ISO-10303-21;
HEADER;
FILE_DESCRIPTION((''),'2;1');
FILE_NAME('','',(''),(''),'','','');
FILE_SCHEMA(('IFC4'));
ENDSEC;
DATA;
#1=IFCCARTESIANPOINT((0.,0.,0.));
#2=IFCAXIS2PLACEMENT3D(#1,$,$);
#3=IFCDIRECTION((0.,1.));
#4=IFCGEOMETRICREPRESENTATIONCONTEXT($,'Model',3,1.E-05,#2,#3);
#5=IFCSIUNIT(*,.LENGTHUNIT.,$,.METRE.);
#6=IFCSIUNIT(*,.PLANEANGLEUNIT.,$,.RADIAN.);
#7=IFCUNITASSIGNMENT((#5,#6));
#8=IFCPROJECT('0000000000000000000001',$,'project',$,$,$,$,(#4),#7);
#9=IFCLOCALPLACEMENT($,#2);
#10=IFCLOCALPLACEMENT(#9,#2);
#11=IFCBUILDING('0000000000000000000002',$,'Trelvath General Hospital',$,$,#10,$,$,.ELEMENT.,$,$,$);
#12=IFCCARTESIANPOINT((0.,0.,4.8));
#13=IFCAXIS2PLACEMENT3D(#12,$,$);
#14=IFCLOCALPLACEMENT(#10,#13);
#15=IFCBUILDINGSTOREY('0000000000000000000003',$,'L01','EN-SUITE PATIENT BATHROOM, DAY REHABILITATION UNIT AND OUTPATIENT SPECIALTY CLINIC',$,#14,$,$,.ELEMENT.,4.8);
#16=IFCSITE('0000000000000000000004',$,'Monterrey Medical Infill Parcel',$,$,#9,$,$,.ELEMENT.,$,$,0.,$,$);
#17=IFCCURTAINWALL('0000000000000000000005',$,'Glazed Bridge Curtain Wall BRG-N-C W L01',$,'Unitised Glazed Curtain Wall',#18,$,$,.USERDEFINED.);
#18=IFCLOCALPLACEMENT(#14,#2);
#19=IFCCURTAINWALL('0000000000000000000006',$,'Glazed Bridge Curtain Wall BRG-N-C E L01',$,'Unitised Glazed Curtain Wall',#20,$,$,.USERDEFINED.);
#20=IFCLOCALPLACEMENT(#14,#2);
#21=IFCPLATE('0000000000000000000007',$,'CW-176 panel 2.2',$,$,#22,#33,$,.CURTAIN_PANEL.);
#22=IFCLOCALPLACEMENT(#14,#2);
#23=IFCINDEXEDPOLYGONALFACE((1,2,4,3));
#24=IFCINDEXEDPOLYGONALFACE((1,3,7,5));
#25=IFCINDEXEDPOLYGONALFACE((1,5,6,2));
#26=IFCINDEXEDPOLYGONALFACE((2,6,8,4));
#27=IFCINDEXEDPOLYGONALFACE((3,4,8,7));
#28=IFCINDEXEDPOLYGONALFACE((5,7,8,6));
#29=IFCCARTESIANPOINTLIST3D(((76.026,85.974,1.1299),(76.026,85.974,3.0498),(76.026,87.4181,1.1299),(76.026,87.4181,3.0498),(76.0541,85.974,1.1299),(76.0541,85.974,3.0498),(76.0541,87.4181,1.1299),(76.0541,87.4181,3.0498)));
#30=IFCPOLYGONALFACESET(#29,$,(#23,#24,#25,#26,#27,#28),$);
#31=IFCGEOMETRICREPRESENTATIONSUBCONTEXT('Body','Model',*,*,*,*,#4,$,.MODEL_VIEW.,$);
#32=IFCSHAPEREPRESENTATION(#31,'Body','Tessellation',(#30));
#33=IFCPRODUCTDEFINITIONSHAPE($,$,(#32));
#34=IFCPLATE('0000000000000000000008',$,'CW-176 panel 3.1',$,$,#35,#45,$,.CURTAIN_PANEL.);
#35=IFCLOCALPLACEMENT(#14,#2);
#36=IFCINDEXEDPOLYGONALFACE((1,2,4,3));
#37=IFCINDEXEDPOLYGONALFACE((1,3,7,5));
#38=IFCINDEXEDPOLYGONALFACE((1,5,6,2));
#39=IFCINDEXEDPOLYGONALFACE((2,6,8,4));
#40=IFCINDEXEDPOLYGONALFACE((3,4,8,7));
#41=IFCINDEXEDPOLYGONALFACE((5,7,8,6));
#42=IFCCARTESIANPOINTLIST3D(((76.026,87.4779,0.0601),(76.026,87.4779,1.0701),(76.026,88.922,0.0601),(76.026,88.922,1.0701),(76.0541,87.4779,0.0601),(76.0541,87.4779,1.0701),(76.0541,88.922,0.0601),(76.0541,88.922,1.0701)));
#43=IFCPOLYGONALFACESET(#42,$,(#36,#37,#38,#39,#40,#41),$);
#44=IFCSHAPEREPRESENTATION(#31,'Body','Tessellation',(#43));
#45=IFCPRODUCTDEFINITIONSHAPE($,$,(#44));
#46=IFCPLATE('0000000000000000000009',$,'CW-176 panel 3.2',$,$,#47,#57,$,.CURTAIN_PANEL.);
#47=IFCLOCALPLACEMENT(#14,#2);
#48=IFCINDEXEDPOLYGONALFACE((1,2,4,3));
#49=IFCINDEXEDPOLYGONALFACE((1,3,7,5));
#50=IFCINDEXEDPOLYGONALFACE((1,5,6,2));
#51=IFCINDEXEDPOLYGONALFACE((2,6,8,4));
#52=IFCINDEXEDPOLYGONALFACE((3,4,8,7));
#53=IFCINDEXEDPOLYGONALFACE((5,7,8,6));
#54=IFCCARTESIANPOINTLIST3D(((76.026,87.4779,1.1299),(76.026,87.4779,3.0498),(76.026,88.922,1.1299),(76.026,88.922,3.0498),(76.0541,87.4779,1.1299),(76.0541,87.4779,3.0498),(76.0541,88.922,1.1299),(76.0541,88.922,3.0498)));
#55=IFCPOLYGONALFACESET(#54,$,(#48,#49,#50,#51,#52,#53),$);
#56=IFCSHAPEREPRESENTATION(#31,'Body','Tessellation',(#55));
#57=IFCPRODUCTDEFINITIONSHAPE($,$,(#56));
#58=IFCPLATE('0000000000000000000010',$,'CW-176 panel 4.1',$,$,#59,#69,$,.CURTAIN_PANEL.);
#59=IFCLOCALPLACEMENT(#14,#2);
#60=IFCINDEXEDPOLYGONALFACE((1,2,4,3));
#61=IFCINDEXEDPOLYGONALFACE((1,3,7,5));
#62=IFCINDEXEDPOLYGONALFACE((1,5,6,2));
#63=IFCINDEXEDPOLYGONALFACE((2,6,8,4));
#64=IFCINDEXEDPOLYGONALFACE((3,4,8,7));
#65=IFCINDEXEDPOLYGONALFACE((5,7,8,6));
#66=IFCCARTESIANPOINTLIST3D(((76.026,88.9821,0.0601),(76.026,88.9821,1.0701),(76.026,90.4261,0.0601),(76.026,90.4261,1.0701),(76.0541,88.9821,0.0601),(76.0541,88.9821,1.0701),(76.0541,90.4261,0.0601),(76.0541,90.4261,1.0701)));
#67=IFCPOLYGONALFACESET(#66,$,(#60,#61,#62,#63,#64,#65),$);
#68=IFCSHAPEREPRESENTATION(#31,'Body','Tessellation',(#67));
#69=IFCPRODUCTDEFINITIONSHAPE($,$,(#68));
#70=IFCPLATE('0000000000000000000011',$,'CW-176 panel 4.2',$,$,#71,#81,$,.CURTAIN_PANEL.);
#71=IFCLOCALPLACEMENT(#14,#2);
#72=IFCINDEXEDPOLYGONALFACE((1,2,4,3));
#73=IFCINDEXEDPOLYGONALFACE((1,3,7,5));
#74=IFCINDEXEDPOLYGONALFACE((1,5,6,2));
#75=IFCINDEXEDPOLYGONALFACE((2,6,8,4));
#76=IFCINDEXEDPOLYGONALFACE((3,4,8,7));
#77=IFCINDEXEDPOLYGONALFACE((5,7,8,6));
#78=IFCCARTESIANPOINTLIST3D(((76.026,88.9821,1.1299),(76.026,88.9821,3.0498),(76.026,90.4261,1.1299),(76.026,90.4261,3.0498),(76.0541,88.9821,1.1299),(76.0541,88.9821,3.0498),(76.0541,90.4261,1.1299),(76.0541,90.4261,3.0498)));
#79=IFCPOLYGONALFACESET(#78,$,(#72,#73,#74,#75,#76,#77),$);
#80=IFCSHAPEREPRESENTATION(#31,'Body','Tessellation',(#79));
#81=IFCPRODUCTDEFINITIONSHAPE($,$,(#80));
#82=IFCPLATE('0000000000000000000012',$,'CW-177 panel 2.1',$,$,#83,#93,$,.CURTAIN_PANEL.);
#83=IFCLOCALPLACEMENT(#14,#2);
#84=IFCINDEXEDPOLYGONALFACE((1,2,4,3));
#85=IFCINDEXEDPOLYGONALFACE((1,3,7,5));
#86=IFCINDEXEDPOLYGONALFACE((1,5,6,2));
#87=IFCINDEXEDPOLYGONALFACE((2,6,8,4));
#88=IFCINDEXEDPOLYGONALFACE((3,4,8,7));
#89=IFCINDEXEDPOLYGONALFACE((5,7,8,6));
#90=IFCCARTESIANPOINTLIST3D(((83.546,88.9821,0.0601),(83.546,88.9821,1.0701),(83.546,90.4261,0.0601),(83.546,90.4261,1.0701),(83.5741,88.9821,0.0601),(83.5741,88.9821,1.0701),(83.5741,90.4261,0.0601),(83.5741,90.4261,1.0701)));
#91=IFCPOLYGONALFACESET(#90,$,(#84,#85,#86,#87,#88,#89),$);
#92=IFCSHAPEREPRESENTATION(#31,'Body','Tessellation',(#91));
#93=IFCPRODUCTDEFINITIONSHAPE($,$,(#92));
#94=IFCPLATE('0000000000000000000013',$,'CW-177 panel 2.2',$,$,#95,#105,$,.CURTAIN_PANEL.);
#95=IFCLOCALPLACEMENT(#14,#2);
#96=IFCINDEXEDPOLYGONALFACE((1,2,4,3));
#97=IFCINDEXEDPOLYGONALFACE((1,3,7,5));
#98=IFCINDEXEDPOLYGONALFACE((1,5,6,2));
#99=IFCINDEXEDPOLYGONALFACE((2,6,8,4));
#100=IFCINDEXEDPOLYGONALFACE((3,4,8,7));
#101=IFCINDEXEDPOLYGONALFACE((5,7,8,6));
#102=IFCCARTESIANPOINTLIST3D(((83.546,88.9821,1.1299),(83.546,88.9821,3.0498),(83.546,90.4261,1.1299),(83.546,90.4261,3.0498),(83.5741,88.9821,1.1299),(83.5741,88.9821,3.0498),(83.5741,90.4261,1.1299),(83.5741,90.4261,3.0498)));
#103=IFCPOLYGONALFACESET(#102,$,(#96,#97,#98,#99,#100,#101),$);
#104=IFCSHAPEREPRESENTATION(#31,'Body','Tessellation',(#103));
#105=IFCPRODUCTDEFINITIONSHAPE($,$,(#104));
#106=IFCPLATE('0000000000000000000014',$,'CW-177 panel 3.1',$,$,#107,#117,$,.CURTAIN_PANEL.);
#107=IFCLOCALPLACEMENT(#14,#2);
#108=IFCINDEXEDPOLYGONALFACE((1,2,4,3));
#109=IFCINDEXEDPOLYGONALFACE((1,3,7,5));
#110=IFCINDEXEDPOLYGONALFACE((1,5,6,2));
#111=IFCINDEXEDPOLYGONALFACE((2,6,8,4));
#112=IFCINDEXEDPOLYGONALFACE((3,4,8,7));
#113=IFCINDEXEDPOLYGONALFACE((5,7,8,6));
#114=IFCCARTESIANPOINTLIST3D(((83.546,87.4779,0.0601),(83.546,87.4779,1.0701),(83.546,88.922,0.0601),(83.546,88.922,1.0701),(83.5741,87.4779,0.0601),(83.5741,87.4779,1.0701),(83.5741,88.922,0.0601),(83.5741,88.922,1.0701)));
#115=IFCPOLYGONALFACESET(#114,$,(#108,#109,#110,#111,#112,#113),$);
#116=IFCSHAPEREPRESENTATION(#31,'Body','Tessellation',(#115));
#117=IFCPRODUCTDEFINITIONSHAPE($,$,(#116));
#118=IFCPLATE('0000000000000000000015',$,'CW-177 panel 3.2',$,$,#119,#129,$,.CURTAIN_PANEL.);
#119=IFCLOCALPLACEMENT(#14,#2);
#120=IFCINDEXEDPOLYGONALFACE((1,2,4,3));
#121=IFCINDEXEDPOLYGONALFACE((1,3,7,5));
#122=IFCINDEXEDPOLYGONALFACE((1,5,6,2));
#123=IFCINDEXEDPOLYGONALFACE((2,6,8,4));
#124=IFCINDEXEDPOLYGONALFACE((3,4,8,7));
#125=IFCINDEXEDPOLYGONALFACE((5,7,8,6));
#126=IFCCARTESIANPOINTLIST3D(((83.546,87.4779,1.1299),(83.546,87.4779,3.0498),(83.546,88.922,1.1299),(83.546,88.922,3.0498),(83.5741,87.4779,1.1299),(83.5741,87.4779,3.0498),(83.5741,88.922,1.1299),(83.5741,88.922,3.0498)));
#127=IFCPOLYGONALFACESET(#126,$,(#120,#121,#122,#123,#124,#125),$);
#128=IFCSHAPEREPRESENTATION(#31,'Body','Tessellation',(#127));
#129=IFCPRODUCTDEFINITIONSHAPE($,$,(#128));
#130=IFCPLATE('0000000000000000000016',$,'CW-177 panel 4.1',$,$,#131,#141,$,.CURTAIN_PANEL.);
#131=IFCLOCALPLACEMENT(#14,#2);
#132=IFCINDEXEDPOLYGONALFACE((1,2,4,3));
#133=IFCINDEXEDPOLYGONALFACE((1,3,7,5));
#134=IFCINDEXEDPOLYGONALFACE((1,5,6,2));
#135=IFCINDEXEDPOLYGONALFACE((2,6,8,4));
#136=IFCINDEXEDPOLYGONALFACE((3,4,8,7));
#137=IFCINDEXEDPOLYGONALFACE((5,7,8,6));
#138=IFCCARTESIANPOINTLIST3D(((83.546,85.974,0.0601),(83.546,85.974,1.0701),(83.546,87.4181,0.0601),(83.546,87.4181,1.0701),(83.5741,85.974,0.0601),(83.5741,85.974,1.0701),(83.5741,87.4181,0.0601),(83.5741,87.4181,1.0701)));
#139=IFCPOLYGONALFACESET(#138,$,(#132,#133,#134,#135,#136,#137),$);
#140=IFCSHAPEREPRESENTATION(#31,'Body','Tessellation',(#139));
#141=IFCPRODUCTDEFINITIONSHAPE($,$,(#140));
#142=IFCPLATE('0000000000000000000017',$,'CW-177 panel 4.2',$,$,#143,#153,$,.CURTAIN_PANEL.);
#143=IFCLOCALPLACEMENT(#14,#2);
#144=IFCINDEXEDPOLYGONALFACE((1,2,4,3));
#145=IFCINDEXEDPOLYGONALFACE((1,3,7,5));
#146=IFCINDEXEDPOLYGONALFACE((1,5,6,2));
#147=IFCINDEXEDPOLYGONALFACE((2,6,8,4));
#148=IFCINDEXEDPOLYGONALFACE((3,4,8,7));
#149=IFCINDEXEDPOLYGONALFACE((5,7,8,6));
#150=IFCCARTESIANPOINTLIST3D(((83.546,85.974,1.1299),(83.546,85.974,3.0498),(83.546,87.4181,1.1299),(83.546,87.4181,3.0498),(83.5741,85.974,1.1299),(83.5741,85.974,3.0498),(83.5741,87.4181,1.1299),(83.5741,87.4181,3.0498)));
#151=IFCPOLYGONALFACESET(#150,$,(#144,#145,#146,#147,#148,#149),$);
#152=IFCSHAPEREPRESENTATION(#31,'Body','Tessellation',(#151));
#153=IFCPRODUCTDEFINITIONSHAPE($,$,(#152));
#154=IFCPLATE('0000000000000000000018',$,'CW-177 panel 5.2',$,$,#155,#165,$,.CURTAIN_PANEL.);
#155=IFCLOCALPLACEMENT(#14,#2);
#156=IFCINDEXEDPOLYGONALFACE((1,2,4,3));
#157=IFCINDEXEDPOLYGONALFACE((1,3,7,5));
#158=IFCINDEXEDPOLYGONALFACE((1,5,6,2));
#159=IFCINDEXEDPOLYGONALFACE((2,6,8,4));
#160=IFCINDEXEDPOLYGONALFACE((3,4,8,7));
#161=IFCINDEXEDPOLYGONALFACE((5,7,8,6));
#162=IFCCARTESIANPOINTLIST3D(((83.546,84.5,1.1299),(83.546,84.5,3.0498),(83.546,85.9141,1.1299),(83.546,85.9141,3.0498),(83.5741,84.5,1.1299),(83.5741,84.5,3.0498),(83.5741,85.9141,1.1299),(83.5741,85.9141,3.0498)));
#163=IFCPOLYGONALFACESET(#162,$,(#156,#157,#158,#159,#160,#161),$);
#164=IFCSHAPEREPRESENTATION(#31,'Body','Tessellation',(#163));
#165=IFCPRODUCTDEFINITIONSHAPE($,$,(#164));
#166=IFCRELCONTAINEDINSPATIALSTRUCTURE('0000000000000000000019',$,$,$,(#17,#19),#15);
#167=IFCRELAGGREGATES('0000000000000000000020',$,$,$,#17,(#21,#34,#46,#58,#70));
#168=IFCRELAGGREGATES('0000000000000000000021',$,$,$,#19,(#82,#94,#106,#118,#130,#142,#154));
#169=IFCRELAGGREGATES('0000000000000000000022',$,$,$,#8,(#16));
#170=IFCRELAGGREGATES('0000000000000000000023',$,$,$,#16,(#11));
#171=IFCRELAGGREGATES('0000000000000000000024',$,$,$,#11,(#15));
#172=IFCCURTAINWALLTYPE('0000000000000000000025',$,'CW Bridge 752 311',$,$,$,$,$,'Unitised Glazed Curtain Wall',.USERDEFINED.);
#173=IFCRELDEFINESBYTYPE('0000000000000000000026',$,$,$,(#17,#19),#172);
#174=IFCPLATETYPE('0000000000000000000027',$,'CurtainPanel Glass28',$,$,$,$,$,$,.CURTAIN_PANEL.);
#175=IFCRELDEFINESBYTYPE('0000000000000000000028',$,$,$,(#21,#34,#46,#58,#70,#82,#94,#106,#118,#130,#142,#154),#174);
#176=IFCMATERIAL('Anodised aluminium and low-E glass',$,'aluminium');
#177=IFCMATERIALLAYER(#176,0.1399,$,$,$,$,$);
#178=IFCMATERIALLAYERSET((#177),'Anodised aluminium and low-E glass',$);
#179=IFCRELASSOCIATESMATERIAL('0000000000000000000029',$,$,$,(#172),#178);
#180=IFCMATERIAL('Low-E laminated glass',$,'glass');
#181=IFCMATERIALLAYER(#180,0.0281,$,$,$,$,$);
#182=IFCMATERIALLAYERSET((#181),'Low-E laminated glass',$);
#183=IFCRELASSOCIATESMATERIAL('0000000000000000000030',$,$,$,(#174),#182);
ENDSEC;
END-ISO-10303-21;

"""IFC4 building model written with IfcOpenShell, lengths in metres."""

from ifc_helpers import new_model, si_unit, direction, frame, origin, origin_2d, place, context, subcontext, project, spatial, rectangle, extrude, material, layer, layer_set, type_object, element, aggregate, save


model = new_model("IFC4")

# Units and contexts
model_context = context("Model", 3, precision=1e-05, world=origin(), true_north=direction((0.0, 1.0)))
body_context = subcontext(model_context, "Body", "Model", "MODEL_VIEW")
ifc_project = project(units=[si_unit("LENGTHUNIT", "METRE"), si_unit("PLANEANGLEUNIT", "RADIAN")], contexts=[model_context])

# Site, building, storey
site_placement = place(None, origin())
site = spatial("IfcSite", under=ifc_project, at=site_placement, Name="Monterrey Medical Infill Parcel", CompositionType="ELEMENT", RefElevation=0.0)
building_placement = place(site_placement, origin())
building = spatial("IfcBuilding", under=site, at=building_placement, Name="Trelvath General Hospital", CompositionType="ELEMENT")
storey_placement = place(building_placement, frame((0.0, 0.0, 4.8)))
storey = spatial("IfcBuildingStorey", under=building, at=storey_placement, Name="L01", Description="EN-SUITE PATIENT BATHROOM, DAY REHABILITATION UNIT AND OUTPATIENT SPECIALTY CLINIC", CompositionType="ELEMENT", Elevation=4.8)

# Curtain walls
ifc_material_1 = material(Name="Anodised aluminium and low-E glass", Category="aluminium")
ifc_layer_1 = layer(ifc_material_1, 0.1399)
ifc_layer_set_1 = layer_set([ifc_layer_1], Name="Anodised aluminium and low-E glass")
curtain_wall_type = type_object("IfcCurtainWallType", Name="CW Bridge 752 311", ElementType="Unitised Glazed Curtain Wall", PredefinedType="USERDEFINED", material=ifc_layer_set_1)
curtain_wall_1_placement = place(storey_placement, origin())
curtain_wall_1 = element("IfcCurtainWall", 1, at=curtain_wall_1_placement, inside=storey, type_object=curtain_wall_type, Name="Glazed Bridge Curtain Wall BRG-N-C W L01", ObjectType="Unitised Glazed Curtain Wall", PredefinedType="USERDEFINED")
curtain_wall_2_placement = place(storey_placement, origin())
curtain_wall_2 = element("IfcCurtainWall", 2, at=curtain_wall_2_placement, inside=storey, type_object=curtain_wall_type, Name="Glazed Bridge Curtain Wall BRG-N-C E L01", ObjectType="Unitised Glazed Curtain Wall", PredefinedType="USERDEFINED")

# Plates
ifc_material_2 = material(Name="Low-E laminated glass", Category="glass")
ifc_layer_2 = layer(ifc_material_2, 0.0281)
ifc_layer_set_2 = layer_set([ifc_layer_2], Name="Low-E laminated glass")
plate_type = type_object("IfcPlateType", Name="CurtainPanel Glass28", PredefinedType="CURTAIN_PANEL", material=ifc_layer_set_2)
plate_1_placement = place(storey_placement, frame((76.04, 86.696, 1.1299), z_axis=(0.0, 0.0, 1.0), x_axis=(0.0, 1.0, 0.0)))
plate_1 = element("IfcPlate", 3, at=plate_1_placement, type_object=plate_type, Name="CW-176 panel 2.2", PredefinedType="CURTAIN_PANEL", context=body_context, shape_type="SweptSolid", body=[
    extrude(rectangle(XDim=1.4441, YDim=0.0281, at=origin_2d()), origin(), (0.0, 0.0, 1.0), 1.9199),
])
plate_2_placement = place(storey_placement, frame((76.04, 88.2, 0.0601), z_axis=(0.0, 0.0, 1.0), x_axis=(0.0, 1.0, 0.0)))
plate_2 = element("IfcPlate", 4, at=plate_2_placement, type_object=plate_type, Name="CW-176 panel 3.1", PredefinedType="CURTAIN_PANEL", context=body_context, shape_type="SweptSolid", body=[
    extrude(rectangle(XDim=1.4441, YDim=0.0281, at=origin_2d()), origin(), (0.0, 0.0, 1.0), 1.01),
])
plate_3_placement = place(storey_placement, frame((76.04, 88.2, 1.1299), z_axis=(0.0, 0.0, 1.0), x_axis=(0.0, 1.0, 0.0)))
plate_3 = element("IfcPlate", 5, at=plate_3_placement, type_object=plate_type, Name="CW-176 panel 3.2", PredefinedType="CURTAIN_PANEL", context=body_context, shape_type="SweptSolid", body=[
    extrude(rectangle(XDim=1.4441, YDim=0.0281, at=origin_2d()), origin(), (0.0, 0.0, 1.0), 1.9199),
])
plate_4_placement = place(storey_placement, frame((76.04, 89.7041, 0.0601), z_axis=(0.0, 0.0, 1.0), x_axis=(0.0, 1.0, 0.0)))
plate_4 = element("IfcPlate", 6, at=plate_4_placement, type_object=plate_type, Name="CW-176 panel 4.1", PredefinedType="CURTAIN_PANEL", context=body_context, shape_type="SweptSolid", body=[
    extrude(rectangle(XDim=1.4441, YDim=0.0281, at=origin_2d()), origin(), (0.0, 0.0, 1.0), 1.01),
])
plate_5_placement = place(storey_placement, frame((76.04, 89.7041, 1.1299), z_axis=(0.0, 0.0, 1.0), x_axis=(0.0, 1.0, 0.0)))
plate_5 = element("IfcPlate", 7, at=plate_5_placement, type_object=plate_type, Name="CW-176 panel 4.2", PredefinedType="CURTAIN_PANEL", context=body_context, shape_type="SweptSolid", body=[
    extrude(rectangle(XDim=1.4441, YDim=0.0281, at=origin_2d()), origin(), (0.0, 0.0, 1.0), 1.9199),
])
aggregate(curtain_wall_1, [plate_1, plate_2, plate_3, plate_4, plate_5])
plate_6_placement = place(storey_placement, frame((83.5601, 89.7041, 0.0601), z_axis=(0.0, 0.0, 1.0), x_axis=(0.0, -1.0, 0.0)))
plate_6 = element("IfcPlate", 8, at=plate_6_placement, type_object=plate_type, Name="CW-177 panel 2.1", PredefinedType="CURTAIN_PANEL", context=body_context, shape_type="SweptSolid", body=[
    extrude(rectangle(XDim=1.4441, YDim=0.0281, at=origin_2d()), origin(), (0.0, 0.0, 1.0), 1.01),
])
plate_7_placement = place(storey_placement, frame((83.5601, 89.7041, 1.1299), z_axis=(0.0, 0.0, 1.0), x_axis=(0.0, -1.0, 0.0)))
plate_7 = element("IfcPlate", 9, at=plate_7_placement, type_object=plate_type, Name="CW-177 panel 2.2", PredefinedType="CURTAIN_PANEL", context=body_context, shape_type="SweptSolid", body=[
    extrude(rectangle(XDim=1.4441, YDim=0.0281, at=origin_2d()), origin(), (0.0, 0.0, 1.0), 1.9199),
])
plate_8_placement = place(storey_placement, frame((83.5601, 88.2, 0.0601), z_axis=(0.0, 0.0, 1.0), x_axis=(0.0, -1.0, 0.0)))
plate_8 = element("IfcPlate", 10, at=plate_8_placement, type_object=plate_type, Name="CW-177 panel 3.1", PredefinedType="CURTAIN_PANEL", context=body_context, shape_type="SweptSolid", body=[
    extrude(rectangle(XDim=1.4441, YDim=0.0281, at=origin_2d()), origin(), (0.0, 0.0, 1.0), 1.01),
])
plate_9_placement = place(storey_placement, frame((83.5601, 88.2, 1.1299), z_axis=(0.0, 0.0, 1.0), x_axis=(0.0, -1.0, 0.0)))
plate_9 = element("IfcPlate", 11, at=plate_9_placement, type_object=plate_type, Name="CW-177 panel 3.2", PredefinedType="CURTAIN_PANEL", context=body_context, shape_type="SweptSolid", body=[
    extrude(rectangle(XDim=1.4441, YDim=0.0281, at=origin_2d()), origin(), (0.0, 0.0, 1.0), 1.9199),
])
plate_10_placement = place(storey_placement, frame((83.5601, 86.696, 0.0601), z_axis=(0.0, 0.0, 1.0), x_axis=(0.0, -1.0, 0.0)))
plate_10 = element("IfcPlate", 12, at=plate_10_placement, type_object=plate_type, Name="CW-177 panel 4.1", PredefinedType="CURTAIN_PANEL", context=body_context, shape_type="SweptSolid", body=[
    extrude(rectangle(XDim=1.4441, YDim=0.0281, at=origin_2d()), origin(), (0.0, 0.0, 1.0), 1.01),
])
plate_11_placement = place(storey_placement, frame((83.5601, 86.696, 1.1299), z_axis=(0.0, 0.0, 1.0), x_axis=(0.0, -1.0, 0.0)))
plate_11 = element("IfcPlate", 13, at=plate_11_placement, type_object=plate_type, Name="CW-177 panel 4.2", PredefinedType="CURTAIN_PANEL", context=body_context, shape_type="SweptSolid", body=[
    extrude(rectangle(XDim=1.4441, YDim=0.0281, at=origin_2d()), origin(), (0.0, 0.0, 1.0), 1.9199),
])
plate_12_placement = place(storey_placement, frame((83.5601, 85.207, 1.1299), z_axis=(0.0, 0.0, 1.0), x_axis=(0.0, -1.0, 0.0)))
plate_12 = element("IfcPlate", 14, at=plate_12_placement, type_object=plate_type, Name="CW-177 panel 5.2", PredefinedType="CURTAIN_PANEL", context=body_context, shape_type="SweptSolid", body=[
    extrude(rectangle(XDim=1.4141, YDim=0.0281, at=origin_2d()), origin(), (0.0, 0.0, 1.0), 1.9199),
])
aggregate(curtain_wall_2, [plate_6, plate_7, plate_8, plate_9, plate_10, plate_11, plate_12])

save(model, "model.ifc")
